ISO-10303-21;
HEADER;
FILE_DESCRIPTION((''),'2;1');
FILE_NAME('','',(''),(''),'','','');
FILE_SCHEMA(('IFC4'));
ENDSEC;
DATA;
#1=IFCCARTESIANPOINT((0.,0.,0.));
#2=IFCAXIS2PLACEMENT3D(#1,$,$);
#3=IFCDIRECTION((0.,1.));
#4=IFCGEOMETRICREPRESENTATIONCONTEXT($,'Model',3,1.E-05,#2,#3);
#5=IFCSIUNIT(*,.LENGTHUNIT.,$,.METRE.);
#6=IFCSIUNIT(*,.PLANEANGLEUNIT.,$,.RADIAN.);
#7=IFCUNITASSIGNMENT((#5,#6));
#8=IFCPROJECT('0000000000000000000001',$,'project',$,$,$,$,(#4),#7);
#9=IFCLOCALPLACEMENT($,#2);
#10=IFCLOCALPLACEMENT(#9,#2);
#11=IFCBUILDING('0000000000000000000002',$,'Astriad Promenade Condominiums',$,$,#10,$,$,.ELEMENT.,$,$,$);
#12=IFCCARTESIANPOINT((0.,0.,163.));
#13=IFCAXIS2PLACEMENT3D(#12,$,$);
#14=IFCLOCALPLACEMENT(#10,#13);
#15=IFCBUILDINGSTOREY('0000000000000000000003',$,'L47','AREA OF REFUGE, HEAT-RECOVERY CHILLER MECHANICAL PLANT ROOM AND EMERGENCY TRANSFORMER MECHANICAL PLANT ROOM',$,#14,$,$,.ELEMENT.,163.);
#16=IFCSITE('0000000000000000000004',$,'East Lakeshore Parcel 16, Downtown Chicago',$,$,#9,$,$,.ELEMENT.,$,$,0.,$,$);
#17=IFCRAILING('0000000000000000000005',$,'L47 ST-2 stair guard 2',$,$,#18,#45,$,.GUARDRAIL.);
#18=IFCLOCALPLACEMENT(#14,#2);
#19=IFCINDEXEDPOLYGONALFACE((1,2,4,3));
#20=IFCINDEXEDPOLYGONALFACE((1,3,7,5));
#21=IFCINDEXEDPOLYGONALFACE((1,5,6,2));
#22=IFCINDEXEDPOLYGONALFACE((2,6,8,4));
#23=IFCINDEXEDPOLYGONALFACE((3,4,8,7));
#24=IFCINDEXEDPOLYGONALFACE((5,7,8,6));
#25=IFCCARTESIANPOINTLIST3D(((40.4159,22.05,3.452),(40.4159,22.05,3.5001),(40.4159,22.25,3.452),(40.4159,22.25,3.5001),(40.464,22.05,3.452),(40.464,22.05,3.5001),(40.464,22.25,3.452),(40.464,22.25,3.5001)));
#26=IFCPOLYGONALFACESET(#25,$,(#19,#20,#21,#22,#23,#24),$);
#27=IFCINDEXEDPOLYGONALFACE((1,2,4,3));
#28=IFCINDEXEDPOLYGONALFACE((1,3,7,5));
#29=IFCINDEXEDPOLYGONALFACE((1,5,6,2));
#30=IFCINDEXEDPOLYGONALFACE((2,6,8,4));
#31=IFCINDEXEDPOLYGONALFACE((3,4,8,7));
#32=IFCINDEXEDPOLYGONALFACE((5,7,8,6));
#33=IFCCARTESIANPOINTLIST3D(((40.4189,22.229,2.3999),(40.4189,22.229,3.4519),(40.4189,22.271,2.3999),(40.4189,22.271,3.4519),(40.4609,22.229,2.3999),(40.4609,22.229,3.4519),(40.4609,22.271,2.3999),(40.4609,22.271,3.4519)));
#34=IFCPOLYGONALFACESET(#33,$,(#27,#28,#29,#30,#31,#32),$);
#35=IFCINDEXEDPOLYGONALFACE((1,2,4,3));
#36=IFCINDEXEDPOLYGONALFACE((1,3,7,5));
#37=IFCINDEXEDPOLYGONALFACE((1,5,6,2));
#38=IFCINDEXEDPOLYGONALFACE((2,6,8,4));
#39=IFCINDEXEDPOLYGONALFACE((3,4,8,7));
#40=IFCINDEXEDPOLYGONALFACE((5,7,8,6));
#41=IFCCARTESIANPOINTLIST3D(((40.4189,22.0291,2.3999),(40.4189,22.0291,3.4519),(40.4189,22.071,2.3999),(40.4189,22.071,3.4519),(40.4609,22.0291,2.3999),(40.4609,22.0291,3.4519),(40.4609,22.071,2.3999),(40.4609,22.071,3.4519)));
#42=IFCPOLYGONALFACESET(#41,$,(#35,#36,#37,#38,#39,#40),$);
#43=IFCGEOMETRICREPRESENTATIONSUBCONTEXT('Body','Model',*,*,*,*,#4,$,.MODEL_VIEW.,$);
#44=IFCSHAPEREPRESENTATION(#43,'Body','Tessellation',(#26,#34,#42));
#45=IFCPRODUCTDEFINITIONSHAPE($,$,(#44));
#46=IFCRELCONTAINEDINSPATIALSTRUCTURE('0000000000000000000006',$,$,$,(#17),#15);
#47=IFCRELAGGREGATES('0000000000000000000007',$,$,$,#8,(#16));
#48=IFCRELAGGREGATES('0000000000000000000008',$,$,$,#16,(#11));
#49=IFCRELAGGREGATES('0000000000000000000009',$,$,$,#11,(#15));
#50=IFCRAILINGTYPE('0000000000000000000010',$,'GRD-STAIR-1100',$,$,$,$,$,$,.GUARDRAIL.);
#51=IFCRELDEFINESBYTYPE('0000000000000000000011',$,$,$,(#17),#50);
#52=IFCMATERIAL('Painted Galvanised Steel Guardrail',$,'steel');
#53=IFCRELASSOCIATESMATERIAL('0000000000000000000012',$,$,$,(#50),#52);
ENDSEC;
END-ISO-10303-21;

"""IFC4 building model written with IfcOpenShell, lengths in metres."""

from ifc_helpers import new_model, si_unit, direction, frame, origin, origin_2d, place, context, subcontext, project, spatial, rectangle, extrude, source, transform, mapped, material, type_object, element, save


model = new_model("IFC4")

# Units and contexts
model_context = context("Model", 3, precision=1e-05, world=origin(), true_north=direction((0.0, 1.0)))
body_context = subcontext(model_context, "Body", "Model", "MODEL_VIEW")
ifc_project = project(units=[si_unit("LENGTHUNIT", "METRE"), si_unit("PLANEANGLEUNIT", "RADIAN")], contexts=[model_context])

# Site, building, storey
site_placement = place(None, origin())
site = spatial("IfcSite", under=ifc_project, at=site_placement, Name="East Lakeshore Parcel 16, Downtown Chicago", CompositionType="ELEMENT", RefElevation=0.0)
building_placement = place(site_placement, origin())
building = spatial("IfcBuilding", under=site, at=building_placement, Name="Astriad Promenade Condominiums", CompositionType="ELEMENT")
storey_placement = place(building_placement, frame((0.0, 0.0, 163.0)))
storey = spatial("IfcBuildingStorey", under=building, at=storey_placement, Name="L47", Description="AREA OF REFUGE, HEAT-RECOVERY CHILLER MECHANICAL PLANT ROOM AND EMERGENCY TRANSFORMER MECHANICAL PLANT ROOM", CompositionType="ELEMENT", Elevation=163.0)

# Railing
ifc_material_1 = material(Name="Painted Galvanised Steel Guardrail", Category="steel")
railing_type_1 = type_object("IfcRailingType", Name="GRD-STAIR-1100", PredefinedType="GUARDRAIL", material=ifc_material_1)
shared_shape_1 = source(origin(), body_context, "Body", "SweptSolid", [
    extrude(rectangle(XDim=0.0481, YDim=0.0481, at=origin_2d()), frame((0.0, 0.0, 1.0762), z_axis=(0.0, -1.0, 0.0), x_axis=(1.0, 0.0, 0.0)), (0.0, 0.0, 1.0), 0.2),
    extrude(rectangle(XDim=0.042, YDim=0.042, at=origin_2d()), origin(), (0.0, 0.0, 1.0), 1.052),
    extrude(rectangle(XDim=0.042, YDim=0.042, at=origin_2d()), frame((0.0, -0.2, 0.0)), (0.0, 0.0, 1.0), 1.052),
])
railing_1_placement = place(storey_placement, frame((40.4399, 22.25, 2.3999)))
element("IfcRailing", 1, at=railing_1_placement, inside=storey, type_object=railing_type_1, Name="L47 ST-2 stair guard 2", PredefinedType="GUARDRAIL", context=body_context, shape_type="MappedRepresentation", body=[
    mapped(shared_shape_1, transform((0.0, 0.0, 0.0), scale=1.0)),
])

save(model, "model.ifc")
